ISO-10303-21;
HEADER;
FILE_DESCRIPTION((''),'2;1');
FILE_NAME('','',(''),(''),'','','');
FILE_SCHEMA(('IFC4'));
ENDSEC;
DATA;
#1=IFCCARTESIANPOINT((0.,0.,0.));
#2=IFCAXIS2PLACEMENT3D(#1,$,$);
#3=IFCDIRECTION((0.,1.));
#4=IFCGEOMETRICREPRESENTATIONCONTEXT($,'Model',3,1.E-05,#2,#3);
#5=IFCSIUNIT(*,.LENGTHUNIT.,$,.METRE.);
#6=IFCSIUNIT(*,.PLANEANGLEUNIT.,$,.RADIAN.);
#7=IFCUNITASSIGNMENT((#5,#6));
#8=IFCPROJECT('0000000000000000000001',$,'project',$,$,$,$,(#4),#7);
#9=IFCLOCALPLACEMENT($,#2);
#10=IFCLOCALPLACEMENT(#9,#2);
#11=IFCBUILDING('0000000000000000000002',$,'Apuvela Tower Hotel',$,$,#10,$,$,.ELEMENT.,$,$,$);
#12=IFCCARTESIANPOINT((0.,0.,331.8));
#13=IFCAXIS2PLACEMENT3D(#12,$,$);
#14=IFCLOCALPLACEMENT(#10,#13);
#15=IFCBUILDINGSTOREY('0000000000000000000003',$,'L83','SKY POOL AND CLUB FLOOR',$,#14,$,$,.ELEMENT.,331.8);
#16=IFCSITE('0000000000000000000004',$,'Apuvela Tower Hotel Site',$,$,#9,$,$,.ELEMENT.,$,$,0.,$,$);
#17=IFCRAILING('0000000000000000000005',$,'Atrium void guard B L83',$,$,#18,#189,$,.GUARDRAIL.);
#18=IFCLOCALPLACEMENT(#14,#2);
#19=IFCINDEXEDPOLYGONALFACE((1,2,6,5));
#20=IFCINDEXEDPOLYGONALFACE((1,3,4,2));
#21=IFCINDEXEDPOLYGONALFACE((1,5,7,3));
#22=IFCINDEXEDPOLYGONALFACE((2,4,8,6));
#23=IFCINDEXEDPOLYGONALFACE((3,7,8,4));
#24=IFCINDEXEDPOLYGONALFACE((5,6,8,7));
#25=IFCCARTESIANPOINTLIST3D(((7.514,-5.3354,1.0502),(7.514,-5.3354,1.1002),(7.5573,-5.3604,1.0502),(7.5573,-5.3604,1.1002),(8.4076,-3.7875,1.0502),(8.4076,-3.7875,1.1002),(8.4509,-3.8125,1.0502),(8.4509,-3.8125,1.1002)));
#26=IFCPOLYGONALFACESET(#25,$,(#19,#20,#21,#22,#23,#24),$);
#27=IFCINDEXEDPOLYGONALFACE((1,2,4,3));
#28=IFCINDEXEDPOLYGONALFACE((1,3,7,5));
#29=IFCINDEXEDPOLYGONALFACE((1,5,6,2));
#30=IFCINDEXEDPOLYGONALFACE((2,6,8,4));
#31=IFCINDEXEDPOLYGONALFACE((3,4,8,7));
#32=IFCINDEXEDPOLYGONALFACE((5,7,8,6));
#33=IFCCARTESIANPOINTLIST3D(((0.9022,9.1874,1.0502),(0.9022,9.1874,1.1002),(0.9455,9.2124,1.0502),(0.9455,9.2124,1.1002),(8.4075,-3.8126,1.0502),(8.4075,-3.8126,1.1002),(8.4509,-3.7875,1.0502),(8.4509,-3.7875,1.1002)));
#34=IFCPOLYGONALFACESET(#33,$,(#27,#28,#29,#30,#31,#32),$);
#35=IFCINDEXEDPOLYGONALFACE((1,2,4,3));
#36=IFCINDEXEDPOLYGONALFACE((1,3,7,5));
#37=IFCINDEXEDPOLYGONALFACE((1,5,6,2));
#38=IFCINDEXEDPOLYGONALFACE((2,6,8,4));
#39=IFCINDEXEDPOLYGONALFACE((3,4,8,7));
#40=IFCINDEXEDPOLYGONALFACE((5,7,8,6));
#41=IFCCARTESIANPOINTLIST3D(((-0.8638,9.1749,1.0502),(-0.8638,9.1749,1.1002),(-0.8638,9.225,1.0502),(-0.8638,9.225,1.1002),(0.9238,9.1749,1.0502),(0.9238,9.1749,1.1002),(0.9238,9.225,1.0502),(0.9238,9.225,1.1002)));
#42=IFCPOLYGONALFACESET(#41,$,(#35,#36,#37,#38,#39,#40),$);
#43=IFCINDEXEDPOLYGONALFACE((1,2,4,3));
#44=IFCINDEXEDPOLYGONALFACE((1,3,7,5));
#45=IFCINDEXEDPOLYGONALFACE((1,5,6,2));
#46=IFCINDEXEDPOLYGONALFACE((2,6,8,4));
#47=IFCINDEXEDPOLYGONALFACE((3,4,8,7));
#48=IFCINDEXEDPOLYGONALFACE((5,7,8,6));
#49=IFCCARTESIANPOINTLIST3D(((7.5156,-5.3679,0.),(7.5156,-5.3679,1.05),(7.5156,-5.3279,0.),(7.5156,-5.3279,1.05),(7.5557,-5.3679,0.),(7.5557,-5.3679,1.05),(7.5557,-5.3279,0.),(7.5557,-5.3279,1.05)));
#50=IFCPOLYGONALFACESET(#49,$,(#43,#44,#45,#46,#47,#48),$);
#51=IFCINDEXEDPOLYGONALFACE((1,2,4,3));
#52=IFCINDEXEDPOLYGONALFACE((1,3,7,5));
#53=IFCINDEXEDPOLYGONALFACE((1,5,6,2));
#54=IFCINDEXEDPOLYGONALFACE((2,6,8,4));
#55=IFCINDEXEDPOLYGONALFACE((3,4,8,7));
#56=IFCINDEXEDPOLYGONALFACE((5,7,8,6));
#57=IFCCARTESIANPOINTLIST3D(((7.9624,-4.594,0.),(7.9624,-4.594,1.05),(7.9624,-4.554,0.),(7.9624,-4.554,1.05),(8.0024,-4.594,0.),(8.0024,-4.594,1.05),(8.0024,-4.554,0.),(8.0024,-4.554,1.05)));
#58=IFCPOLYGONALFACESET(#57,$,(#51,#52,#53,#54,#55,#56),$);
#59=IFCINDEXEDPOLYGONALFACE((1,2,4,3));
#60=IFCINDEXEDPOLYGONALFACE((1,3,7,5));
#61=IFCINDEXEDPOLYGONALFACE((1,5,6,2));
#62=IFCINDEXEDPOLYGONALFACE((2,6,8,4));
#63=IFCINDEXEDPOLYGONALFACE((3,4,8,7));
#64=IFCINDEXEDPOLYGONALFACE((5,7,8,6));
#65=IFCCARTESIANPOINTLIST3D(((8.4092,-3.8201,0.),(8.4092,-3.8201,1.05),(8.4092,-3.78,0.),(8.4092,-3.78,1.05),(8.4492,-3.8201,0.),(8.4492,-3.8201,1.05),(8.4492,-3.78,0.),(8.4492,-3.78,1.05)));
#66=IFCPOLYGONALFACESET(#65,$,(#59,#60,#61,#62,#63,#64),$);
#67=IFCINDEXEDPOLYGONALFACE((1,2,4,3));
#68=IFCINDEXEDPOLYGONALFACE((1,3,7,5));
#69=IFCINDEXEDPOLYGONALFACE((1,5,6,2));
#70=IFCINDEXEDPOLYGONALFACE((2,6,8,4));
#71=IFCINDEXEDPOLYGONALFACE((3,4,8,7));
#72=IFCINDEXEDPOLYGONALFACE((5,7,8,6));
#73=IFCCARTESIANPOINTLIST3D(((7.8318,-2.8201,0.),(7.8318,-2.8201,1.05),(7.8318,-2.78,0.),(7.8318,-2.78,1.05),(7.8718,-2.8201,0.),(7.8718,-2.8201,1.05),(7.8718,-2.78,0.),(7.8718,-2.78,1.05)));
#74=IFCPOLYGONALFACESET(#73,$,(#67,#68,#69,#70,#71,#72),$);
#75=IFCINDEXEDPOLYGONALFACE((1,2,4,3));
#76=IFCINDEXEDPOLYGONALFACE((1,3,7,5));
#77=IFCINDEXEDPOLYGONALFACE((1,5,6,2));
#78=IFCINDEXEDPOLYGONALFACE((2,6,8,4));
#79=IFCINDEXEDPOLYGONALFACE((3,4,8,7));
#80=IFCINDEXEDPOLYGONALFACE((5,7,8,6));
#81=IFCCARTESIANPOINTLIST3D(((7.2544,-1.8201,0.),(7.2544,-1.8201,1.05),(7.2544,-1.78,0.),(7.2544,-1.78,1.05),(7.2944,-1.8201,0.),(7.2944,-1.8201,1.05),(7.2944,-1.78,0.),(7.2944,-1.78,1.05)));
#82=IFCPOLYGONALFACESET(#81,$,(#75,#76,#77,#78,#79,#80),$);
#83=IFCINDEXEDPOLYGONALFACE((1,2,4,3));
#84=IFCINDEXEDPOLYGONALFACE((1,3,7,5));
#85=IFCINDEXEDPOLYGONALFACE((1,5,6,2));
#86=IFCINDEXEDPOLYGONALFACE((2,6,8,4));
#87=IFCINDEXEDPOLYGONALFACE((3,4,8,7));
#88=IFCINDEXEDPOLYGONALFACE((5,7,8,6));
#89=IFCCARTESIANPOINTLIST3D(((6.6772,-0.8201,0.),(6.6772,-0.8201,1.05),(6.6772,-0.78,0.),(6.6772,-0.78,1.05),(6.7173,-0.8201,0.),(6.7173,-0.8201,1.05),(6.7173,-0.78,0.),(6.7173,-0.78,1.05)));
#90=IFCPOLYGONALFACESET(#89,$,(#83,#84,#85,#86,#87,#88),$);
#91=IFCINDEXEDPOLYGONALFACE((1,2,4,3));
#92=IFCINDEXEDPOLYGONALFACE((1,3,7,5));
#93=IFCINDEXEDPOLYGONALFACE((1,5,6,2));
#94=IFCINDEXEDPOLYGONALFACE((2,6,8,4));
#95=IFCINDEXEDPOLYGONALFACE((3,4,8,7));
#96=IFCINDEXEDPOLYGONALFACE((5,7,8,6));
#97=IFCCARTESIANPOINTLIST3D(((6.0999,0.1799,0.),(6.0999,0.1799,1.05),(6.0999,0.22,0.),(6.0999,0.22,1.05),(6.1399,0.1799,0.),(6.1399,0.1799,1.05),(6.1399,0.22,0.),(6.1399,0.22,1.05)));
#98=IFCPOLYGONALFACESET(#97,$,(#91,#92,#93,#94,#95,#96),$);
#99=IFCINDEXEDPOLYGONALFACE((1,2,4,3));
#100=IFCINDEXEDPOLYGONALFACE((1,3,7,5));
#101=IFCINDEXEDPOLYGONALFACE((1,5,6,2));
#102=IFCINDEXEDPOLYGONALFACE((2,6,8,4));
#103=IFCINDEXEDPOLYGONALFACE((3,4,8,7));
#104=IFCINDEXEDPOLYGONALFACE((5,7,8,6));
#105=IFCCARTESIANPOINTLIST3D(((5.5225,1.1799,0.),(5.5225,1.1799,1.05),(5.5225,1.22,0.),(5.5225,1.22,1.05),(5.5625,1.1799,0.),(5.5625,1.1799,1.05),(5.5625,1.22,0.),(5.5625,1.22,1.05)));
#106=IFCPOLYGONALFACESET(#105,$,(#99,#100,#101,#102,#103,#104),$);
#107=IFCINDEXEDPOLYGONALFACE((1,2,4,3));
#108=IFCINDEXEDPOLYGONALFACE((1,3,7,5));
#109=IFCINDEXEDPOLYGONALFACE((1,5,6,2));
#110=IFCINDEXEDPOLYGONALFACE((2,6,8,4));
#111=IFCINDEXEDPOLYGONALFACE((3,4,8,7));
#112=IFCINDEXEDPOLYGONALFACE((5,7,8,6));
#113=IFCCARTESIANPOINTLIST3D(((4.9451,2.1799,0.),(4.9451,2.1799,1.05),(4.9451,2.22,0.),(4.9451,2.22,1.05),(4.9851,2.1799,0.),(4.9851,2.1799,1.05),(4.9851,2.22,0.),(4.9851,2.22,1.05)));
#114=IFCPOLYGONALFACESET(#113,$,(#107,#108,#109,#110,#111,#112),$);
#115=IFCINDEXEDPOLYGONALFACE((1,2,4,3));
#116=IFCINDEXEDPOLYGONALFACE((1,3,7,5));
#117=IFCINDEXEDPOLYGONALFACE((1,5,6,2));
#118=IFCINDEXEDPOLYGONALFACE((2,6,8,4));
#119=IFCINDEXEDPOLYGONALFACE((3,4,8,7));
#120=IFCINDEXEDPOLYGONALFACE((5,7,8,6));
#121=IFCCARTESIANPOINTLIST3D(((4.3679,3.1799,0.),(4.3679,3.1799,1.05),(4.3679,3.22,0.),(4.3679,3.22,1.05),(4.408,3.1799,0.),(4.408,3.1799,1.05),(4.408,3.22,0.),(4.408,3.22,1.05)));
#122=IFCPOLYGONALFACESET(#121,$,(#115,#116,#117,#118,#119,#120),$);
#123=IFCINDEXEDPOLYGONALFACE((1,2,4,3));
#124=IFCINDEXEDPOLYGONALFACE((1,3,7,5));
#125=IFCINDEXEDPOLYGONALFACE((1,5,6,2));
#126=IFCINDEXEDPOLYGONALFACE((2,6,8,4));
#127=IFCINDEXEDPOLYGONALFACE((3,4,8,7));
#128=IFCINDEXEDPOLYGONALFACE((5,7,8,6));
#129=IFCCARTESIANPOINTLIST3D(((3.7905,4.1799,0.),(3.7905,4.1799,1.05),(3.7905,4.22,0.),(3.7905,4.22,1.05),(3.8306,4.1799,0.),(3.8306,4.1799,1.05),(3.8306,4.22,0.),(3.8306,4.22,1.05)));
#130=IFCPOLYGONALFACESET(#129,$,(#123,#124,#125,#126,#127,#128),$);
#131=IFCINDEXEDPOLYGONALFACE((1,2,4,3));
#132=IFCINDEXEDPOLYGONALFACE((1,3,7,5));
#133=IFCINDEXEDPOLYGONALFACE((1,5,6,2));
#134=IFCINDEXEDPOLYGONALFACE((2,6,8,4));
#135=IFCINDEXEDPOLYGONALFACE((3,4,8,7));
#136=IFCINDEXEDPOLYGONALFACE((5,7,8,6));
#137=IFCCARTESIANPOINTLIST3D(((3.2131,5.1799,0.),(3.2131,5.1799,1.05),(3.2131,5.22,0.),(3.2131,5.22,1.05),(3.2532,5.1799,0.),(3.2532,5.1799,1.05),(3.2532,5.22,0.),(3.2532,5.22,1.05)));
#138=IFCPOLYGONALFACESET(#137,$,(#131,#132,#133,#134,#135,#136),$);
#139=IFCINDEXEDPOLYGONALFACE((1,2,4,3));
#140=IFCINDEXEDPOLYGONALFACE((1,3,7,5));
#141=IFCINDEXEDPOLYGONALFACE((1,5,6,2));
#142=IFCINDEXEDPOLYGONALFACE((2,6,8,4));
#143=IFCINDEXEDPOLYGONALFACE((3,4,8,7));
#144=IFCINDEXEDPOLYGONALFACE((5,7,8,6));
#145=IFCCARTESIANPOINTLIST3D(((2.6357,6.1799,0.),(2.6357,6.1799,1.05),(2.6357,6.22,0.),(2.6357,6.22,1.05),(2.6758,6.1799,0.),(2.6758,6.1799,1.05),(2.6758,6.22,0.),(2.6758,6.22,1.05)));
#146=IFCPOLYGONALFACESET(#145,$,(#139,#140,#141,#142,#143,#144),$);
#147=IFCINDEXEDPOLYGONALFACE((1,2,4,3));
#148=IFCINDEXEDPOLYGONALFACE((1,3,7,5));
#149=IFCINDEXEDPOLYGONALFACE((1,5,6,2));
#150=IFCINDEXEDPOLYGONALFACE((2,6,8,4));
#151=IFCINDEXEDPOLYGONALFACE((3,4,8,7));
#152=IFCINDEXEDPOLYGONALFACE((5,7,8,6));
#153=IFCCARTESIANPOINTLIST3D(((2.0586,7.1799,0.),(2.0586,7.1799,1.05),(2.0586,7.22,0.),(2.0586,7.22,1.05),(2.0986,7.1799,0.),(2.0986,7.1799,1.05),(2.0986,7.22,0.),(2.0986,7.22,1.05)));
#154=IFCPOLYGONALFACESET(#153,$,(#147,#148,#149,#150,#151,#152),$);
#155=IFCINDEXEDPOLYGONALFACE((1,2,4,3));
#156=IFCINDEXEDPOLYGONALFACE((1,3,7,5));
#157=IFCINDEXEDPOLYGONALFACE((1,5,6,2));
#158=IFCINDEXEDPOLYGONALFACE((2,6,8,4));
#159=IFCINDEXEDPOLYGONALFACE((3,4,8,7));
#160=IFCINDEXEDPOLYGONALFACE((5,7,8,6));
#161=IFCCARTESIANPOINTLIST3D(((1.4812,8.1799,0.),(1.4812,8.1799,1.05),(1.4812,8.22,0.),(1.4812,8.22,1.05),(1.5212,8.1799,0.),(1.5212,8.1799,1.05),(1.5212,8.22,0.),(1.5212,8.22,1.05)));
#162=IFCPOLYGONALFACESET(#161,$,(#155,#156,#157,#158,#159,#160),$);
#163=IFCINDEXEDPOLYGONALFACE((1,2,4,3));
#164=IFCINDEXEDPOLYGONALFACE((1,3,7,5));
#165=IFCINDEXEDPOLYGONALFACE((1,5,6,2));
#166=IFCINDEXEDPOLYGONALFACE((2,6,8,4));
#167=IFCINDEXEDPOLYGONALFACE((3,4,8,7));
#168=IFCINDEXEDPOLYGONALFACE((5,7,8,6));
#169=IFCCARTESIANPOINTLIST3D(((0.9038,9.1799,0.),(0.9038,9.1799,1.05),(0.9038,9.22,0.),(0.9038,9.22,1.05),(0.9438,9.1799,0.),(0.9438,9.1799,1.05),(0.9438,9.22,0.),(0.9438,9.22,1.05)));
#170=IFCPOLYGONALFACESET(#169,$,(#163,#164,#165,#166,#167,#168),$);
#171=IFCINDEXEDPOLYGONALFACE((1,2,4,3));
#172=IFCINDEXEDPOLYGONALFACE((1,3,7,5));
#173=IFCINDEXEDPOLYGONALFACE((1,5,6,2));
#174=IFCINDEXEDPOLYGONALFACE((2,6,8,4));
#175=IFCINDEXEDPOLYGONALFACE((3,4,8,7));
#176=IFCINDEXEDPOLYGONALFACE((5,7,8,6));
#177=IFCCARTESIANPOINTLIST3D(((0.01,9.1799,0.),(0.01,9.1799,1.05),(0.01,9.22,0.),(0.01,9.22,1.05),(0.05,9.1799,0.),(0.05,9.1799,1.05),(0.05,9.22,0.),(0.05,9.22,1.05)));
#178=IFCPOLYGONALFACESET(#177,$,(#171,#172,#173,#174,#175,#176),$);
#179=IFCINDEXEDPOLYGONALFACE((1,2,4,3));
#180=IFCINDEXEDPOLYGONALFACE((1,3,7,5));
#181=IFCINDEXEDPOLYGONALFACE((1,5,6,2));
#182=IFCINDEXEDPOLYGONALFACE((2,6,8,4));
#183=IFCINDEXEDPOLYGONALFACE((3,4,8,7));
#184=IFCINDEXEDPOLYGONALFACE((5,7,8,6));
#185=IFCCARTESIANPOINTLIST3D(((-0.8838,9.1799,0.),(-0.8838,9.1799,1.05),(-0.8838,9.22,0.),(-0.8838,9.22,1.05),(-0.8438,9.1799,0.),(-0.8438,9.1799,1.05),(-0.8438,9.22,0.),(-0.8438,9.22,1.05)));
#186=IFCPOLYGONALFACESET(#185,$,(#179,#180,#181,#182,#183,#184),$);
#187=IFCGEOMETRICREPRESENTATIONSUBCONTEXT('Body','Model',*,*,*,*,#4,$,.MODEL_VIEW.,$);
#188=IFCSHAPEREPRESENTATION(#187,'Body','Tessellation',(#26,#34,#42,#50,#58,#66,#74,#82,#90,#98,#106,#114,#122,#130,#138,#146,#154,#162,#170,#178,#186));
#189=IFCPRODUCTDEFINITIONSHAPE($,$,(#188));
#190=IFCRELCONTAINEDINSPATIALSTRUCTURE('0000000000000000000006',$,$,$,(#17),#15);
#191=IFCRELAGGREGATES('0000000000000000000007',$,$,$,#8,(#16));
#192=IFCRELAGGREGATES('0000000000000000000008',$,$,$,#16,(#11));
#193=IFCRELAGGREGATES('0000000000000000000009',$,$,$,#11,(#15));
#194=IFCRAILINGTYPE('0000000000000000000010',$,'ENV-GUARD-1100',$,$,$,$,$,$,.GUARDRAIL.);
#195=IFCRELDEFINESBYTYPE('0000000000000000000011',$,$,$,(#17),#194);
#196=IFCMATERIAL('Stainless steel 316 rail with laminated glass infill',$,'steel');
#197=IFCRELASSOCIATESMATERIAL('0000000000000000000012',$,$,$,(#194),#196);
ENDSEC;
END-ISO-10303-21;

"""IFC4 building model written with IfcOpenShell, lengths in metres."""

from ifc_helpers import new_model, si_unit, direction, frame, origin, origin_2d, place, context, subcontext, project, spatial, rectangle, extrude, material, type_object, element, save


model = new_model("IFC4")

# Units and contexts
model_context = context("Model", 3, precision=1e-05, world=origin(), true_north=direction((0.0, 1.0)))
body_context = subcontext(model_context, "Body", "Model", "MODEL_VIEW")
ifc_project = project(units=[si_unit("LENGTHUNIT", "METRE"), si_unit("PLANEANGLEUNIT", "RADIAN")], contexts=[model_context])

# Site, building, storey
site_placement = place(None, origin())
site = spatial("IfcSite", under=ifc_project, at=site_placement, Name="Apuvela Tower Hotel Site", CompositionType="ELEMENT", RefElevation=0.0)
building_placement = place(site_placement, origin())
building = spatial("IfcBuilding", under=site, at=building_placement, Name="Apuvela Tower Hotel", CompositionType="ELEMENT")
storey_placement = place(building_placement, frame((0.0, 0.0, 331.8)))
storey = spatial("IfcBuildingStorey", under=building, at=storey_placement, Name="L83", Description="SKY POOL AND CLUB FLOOR", CompositionType="ELEMENT", Elevation=331.8)

# Railing
ifc_material_1 = material(Name="Stainless steel 316 rail with laminated glass infill", Category="steel")
railing_type = type_object("IfcRailingType", Name="ENV-GUARD-1100", PredefinedType="GUARDRAIL", material=ifc_material_1)
railing_placement = place(storey_placement, frame((7.5356, -5.3479, 0.0)))
element("IfcRailing", 1, at=railing_placement, inside=storey, type_object=railing_type, Name="Atrium void guard B L83", PredefinedType="GUARDRAIL", context=body_context, shape_type="SweptSolid", body=[
    extrude(rectangle(XDim=0.05, YDim=0.05, at=origin_2d()), frame((0.0, 0.0, 1.0752), z_axis=(0.499959, 0.866049, 0.0), x_axis=(-0.866049, 0.499959, 0.0)), (0.0, 0.0, 1.0), 1.7874),
    extrude(rectangle(XDim=0.05, YDim=0.05, at=origin_2d()), frame((0.8936, 1.5479, 1.0752), z_axis=(-0.499991, 0.866031, 0.0), x_axis=(-0.866031, -0.499991, 0.0)), (0.0, 0.0, 1.0), 15.011),
    extrude(rectangle(XDim=0.05, YDim=0.05, at=origin_2d()), frame((-6.6118, 14.5479, 1.0752), z_axis=(-1.0, 0.0, 0.0), x_axis=(0.0, -1.0, 0.0)), (0.0, 0.0, 1.0), 1.7876),
    extrude(rectangle(XDim=0.04, YDim=0.04, at=origin_2d()), origin(), (0.0, 0.0, 1.0), 1.05),
    extrude(rectangle(XDim=0.04, YDim=0.04, at=origin_2d()), frame((0.4468, 0.7739, 0.0)), (0.0, 0.0, 1.0), 1.05),
    extrude(rectangle(XDim=0.04, YDim=0.04, at=origin_2d()), frame((0.8936, 1.5479, 0.0)), (0.0, 0.0, 1.0), 1.05),
    extrude(rectangle(XDim=0.04, YDim=0.04, at=origin_2d()), frame((0.3162, 2.5479, 0.0)), (0.0, 0.0, 1.0), 1.05),
    extrude(rectangle(XDim=0.04, YDim=0.04, at=origin_2d()), frame((-0.2612, 3.5479, 0.0)), (0.0, 0.0, 1.0), 1.05),
    extrude(rectangle(XDim=0.04, YDim=0.04, at=origin_2d()), frame((-0.8384, 4.5479, 0.0)), (0.0, 0.0, 1.0), 1.05),
    extrude(rectangle(XDim=0.04, YDim=0.04, at=origin_2d()), frame((-1.4158, 5.5479, 0.0)), (0.0, 0.0, 1.0), 1.05),
    extrude(rectangle(XDim=0.04, YDim=0.04, at=origin_2d()), frame((-1.9932, 6.5479, 0.0)), (0.0, 0.0, 1.0), 1.05),
    extrude(rectangle(XDim=0.04, YDim=0.04, at=origin_2d()), frame((-2.5706, 7.5479, 0.0)), (0.0, 0.0, 1.0), 1.05),
    extrude(rectangle(XDim=0.04, YDim=0.04, at=origin_2d()), frame((-3.1477, 8.5479, 0.0)), (0.0, 0.0, 1.0), 1.05),
    extrude(rectangle(XDim=0.04, YDim=0.04, at=origin_2d()), frame((-3.7251, 9.5479, 0.0)), (0.0, 0.0, 1.0), 1.05),
    extrude(rectangle(XDim=0.04, YDim=0.04, at=origin_2d()), frame((-4.3025, 10.5479, 0.0)), (0.0, 0.0, 1.0), 1.05),
    extrude(rectangle(XDim=0.04, YDim=0.04, at=origin_2d()), frame((-4.8799, 11.5479, 0.0)), (0.0, 0.0, 1.0), 1.05),
    extrude(rectangle(XDim=0.04, YDim=0.04, at=origin_2d()), frame((-5.457, 12.5479, 0.0)), (0.0, 0.0, 1.0), 1.05),
    extrude(rectangle(XDim=0.04, YDim=0.04, at=origin_2d()), frame((-6.0344, 13.5479, 0.0)), (0.0, 0.0, 1.0), 1.05),
    extrude(rectangle(XDim=0.04, YDim=0.04, at=origin_2d()), frame((-6.6118, 14.5479, 0.0)), (0.0, 0.0, 1.0), 1.05),
    extrude(rectangle(XDim=0.04, YDim=0.04, at=origin_2d()), frame((-7.5056, 14.5479, 0.0)), (0.0, 0.0, 1.0), 1.05),
    extrude(rectangle(XDim=0.04, YDim=0.04, at=origin_2d()), frame((-8.3994, 14.5479, 0.0)), (0.0, 0.0, 1.0), 1.05),
])

save(model, "model.ifc")
